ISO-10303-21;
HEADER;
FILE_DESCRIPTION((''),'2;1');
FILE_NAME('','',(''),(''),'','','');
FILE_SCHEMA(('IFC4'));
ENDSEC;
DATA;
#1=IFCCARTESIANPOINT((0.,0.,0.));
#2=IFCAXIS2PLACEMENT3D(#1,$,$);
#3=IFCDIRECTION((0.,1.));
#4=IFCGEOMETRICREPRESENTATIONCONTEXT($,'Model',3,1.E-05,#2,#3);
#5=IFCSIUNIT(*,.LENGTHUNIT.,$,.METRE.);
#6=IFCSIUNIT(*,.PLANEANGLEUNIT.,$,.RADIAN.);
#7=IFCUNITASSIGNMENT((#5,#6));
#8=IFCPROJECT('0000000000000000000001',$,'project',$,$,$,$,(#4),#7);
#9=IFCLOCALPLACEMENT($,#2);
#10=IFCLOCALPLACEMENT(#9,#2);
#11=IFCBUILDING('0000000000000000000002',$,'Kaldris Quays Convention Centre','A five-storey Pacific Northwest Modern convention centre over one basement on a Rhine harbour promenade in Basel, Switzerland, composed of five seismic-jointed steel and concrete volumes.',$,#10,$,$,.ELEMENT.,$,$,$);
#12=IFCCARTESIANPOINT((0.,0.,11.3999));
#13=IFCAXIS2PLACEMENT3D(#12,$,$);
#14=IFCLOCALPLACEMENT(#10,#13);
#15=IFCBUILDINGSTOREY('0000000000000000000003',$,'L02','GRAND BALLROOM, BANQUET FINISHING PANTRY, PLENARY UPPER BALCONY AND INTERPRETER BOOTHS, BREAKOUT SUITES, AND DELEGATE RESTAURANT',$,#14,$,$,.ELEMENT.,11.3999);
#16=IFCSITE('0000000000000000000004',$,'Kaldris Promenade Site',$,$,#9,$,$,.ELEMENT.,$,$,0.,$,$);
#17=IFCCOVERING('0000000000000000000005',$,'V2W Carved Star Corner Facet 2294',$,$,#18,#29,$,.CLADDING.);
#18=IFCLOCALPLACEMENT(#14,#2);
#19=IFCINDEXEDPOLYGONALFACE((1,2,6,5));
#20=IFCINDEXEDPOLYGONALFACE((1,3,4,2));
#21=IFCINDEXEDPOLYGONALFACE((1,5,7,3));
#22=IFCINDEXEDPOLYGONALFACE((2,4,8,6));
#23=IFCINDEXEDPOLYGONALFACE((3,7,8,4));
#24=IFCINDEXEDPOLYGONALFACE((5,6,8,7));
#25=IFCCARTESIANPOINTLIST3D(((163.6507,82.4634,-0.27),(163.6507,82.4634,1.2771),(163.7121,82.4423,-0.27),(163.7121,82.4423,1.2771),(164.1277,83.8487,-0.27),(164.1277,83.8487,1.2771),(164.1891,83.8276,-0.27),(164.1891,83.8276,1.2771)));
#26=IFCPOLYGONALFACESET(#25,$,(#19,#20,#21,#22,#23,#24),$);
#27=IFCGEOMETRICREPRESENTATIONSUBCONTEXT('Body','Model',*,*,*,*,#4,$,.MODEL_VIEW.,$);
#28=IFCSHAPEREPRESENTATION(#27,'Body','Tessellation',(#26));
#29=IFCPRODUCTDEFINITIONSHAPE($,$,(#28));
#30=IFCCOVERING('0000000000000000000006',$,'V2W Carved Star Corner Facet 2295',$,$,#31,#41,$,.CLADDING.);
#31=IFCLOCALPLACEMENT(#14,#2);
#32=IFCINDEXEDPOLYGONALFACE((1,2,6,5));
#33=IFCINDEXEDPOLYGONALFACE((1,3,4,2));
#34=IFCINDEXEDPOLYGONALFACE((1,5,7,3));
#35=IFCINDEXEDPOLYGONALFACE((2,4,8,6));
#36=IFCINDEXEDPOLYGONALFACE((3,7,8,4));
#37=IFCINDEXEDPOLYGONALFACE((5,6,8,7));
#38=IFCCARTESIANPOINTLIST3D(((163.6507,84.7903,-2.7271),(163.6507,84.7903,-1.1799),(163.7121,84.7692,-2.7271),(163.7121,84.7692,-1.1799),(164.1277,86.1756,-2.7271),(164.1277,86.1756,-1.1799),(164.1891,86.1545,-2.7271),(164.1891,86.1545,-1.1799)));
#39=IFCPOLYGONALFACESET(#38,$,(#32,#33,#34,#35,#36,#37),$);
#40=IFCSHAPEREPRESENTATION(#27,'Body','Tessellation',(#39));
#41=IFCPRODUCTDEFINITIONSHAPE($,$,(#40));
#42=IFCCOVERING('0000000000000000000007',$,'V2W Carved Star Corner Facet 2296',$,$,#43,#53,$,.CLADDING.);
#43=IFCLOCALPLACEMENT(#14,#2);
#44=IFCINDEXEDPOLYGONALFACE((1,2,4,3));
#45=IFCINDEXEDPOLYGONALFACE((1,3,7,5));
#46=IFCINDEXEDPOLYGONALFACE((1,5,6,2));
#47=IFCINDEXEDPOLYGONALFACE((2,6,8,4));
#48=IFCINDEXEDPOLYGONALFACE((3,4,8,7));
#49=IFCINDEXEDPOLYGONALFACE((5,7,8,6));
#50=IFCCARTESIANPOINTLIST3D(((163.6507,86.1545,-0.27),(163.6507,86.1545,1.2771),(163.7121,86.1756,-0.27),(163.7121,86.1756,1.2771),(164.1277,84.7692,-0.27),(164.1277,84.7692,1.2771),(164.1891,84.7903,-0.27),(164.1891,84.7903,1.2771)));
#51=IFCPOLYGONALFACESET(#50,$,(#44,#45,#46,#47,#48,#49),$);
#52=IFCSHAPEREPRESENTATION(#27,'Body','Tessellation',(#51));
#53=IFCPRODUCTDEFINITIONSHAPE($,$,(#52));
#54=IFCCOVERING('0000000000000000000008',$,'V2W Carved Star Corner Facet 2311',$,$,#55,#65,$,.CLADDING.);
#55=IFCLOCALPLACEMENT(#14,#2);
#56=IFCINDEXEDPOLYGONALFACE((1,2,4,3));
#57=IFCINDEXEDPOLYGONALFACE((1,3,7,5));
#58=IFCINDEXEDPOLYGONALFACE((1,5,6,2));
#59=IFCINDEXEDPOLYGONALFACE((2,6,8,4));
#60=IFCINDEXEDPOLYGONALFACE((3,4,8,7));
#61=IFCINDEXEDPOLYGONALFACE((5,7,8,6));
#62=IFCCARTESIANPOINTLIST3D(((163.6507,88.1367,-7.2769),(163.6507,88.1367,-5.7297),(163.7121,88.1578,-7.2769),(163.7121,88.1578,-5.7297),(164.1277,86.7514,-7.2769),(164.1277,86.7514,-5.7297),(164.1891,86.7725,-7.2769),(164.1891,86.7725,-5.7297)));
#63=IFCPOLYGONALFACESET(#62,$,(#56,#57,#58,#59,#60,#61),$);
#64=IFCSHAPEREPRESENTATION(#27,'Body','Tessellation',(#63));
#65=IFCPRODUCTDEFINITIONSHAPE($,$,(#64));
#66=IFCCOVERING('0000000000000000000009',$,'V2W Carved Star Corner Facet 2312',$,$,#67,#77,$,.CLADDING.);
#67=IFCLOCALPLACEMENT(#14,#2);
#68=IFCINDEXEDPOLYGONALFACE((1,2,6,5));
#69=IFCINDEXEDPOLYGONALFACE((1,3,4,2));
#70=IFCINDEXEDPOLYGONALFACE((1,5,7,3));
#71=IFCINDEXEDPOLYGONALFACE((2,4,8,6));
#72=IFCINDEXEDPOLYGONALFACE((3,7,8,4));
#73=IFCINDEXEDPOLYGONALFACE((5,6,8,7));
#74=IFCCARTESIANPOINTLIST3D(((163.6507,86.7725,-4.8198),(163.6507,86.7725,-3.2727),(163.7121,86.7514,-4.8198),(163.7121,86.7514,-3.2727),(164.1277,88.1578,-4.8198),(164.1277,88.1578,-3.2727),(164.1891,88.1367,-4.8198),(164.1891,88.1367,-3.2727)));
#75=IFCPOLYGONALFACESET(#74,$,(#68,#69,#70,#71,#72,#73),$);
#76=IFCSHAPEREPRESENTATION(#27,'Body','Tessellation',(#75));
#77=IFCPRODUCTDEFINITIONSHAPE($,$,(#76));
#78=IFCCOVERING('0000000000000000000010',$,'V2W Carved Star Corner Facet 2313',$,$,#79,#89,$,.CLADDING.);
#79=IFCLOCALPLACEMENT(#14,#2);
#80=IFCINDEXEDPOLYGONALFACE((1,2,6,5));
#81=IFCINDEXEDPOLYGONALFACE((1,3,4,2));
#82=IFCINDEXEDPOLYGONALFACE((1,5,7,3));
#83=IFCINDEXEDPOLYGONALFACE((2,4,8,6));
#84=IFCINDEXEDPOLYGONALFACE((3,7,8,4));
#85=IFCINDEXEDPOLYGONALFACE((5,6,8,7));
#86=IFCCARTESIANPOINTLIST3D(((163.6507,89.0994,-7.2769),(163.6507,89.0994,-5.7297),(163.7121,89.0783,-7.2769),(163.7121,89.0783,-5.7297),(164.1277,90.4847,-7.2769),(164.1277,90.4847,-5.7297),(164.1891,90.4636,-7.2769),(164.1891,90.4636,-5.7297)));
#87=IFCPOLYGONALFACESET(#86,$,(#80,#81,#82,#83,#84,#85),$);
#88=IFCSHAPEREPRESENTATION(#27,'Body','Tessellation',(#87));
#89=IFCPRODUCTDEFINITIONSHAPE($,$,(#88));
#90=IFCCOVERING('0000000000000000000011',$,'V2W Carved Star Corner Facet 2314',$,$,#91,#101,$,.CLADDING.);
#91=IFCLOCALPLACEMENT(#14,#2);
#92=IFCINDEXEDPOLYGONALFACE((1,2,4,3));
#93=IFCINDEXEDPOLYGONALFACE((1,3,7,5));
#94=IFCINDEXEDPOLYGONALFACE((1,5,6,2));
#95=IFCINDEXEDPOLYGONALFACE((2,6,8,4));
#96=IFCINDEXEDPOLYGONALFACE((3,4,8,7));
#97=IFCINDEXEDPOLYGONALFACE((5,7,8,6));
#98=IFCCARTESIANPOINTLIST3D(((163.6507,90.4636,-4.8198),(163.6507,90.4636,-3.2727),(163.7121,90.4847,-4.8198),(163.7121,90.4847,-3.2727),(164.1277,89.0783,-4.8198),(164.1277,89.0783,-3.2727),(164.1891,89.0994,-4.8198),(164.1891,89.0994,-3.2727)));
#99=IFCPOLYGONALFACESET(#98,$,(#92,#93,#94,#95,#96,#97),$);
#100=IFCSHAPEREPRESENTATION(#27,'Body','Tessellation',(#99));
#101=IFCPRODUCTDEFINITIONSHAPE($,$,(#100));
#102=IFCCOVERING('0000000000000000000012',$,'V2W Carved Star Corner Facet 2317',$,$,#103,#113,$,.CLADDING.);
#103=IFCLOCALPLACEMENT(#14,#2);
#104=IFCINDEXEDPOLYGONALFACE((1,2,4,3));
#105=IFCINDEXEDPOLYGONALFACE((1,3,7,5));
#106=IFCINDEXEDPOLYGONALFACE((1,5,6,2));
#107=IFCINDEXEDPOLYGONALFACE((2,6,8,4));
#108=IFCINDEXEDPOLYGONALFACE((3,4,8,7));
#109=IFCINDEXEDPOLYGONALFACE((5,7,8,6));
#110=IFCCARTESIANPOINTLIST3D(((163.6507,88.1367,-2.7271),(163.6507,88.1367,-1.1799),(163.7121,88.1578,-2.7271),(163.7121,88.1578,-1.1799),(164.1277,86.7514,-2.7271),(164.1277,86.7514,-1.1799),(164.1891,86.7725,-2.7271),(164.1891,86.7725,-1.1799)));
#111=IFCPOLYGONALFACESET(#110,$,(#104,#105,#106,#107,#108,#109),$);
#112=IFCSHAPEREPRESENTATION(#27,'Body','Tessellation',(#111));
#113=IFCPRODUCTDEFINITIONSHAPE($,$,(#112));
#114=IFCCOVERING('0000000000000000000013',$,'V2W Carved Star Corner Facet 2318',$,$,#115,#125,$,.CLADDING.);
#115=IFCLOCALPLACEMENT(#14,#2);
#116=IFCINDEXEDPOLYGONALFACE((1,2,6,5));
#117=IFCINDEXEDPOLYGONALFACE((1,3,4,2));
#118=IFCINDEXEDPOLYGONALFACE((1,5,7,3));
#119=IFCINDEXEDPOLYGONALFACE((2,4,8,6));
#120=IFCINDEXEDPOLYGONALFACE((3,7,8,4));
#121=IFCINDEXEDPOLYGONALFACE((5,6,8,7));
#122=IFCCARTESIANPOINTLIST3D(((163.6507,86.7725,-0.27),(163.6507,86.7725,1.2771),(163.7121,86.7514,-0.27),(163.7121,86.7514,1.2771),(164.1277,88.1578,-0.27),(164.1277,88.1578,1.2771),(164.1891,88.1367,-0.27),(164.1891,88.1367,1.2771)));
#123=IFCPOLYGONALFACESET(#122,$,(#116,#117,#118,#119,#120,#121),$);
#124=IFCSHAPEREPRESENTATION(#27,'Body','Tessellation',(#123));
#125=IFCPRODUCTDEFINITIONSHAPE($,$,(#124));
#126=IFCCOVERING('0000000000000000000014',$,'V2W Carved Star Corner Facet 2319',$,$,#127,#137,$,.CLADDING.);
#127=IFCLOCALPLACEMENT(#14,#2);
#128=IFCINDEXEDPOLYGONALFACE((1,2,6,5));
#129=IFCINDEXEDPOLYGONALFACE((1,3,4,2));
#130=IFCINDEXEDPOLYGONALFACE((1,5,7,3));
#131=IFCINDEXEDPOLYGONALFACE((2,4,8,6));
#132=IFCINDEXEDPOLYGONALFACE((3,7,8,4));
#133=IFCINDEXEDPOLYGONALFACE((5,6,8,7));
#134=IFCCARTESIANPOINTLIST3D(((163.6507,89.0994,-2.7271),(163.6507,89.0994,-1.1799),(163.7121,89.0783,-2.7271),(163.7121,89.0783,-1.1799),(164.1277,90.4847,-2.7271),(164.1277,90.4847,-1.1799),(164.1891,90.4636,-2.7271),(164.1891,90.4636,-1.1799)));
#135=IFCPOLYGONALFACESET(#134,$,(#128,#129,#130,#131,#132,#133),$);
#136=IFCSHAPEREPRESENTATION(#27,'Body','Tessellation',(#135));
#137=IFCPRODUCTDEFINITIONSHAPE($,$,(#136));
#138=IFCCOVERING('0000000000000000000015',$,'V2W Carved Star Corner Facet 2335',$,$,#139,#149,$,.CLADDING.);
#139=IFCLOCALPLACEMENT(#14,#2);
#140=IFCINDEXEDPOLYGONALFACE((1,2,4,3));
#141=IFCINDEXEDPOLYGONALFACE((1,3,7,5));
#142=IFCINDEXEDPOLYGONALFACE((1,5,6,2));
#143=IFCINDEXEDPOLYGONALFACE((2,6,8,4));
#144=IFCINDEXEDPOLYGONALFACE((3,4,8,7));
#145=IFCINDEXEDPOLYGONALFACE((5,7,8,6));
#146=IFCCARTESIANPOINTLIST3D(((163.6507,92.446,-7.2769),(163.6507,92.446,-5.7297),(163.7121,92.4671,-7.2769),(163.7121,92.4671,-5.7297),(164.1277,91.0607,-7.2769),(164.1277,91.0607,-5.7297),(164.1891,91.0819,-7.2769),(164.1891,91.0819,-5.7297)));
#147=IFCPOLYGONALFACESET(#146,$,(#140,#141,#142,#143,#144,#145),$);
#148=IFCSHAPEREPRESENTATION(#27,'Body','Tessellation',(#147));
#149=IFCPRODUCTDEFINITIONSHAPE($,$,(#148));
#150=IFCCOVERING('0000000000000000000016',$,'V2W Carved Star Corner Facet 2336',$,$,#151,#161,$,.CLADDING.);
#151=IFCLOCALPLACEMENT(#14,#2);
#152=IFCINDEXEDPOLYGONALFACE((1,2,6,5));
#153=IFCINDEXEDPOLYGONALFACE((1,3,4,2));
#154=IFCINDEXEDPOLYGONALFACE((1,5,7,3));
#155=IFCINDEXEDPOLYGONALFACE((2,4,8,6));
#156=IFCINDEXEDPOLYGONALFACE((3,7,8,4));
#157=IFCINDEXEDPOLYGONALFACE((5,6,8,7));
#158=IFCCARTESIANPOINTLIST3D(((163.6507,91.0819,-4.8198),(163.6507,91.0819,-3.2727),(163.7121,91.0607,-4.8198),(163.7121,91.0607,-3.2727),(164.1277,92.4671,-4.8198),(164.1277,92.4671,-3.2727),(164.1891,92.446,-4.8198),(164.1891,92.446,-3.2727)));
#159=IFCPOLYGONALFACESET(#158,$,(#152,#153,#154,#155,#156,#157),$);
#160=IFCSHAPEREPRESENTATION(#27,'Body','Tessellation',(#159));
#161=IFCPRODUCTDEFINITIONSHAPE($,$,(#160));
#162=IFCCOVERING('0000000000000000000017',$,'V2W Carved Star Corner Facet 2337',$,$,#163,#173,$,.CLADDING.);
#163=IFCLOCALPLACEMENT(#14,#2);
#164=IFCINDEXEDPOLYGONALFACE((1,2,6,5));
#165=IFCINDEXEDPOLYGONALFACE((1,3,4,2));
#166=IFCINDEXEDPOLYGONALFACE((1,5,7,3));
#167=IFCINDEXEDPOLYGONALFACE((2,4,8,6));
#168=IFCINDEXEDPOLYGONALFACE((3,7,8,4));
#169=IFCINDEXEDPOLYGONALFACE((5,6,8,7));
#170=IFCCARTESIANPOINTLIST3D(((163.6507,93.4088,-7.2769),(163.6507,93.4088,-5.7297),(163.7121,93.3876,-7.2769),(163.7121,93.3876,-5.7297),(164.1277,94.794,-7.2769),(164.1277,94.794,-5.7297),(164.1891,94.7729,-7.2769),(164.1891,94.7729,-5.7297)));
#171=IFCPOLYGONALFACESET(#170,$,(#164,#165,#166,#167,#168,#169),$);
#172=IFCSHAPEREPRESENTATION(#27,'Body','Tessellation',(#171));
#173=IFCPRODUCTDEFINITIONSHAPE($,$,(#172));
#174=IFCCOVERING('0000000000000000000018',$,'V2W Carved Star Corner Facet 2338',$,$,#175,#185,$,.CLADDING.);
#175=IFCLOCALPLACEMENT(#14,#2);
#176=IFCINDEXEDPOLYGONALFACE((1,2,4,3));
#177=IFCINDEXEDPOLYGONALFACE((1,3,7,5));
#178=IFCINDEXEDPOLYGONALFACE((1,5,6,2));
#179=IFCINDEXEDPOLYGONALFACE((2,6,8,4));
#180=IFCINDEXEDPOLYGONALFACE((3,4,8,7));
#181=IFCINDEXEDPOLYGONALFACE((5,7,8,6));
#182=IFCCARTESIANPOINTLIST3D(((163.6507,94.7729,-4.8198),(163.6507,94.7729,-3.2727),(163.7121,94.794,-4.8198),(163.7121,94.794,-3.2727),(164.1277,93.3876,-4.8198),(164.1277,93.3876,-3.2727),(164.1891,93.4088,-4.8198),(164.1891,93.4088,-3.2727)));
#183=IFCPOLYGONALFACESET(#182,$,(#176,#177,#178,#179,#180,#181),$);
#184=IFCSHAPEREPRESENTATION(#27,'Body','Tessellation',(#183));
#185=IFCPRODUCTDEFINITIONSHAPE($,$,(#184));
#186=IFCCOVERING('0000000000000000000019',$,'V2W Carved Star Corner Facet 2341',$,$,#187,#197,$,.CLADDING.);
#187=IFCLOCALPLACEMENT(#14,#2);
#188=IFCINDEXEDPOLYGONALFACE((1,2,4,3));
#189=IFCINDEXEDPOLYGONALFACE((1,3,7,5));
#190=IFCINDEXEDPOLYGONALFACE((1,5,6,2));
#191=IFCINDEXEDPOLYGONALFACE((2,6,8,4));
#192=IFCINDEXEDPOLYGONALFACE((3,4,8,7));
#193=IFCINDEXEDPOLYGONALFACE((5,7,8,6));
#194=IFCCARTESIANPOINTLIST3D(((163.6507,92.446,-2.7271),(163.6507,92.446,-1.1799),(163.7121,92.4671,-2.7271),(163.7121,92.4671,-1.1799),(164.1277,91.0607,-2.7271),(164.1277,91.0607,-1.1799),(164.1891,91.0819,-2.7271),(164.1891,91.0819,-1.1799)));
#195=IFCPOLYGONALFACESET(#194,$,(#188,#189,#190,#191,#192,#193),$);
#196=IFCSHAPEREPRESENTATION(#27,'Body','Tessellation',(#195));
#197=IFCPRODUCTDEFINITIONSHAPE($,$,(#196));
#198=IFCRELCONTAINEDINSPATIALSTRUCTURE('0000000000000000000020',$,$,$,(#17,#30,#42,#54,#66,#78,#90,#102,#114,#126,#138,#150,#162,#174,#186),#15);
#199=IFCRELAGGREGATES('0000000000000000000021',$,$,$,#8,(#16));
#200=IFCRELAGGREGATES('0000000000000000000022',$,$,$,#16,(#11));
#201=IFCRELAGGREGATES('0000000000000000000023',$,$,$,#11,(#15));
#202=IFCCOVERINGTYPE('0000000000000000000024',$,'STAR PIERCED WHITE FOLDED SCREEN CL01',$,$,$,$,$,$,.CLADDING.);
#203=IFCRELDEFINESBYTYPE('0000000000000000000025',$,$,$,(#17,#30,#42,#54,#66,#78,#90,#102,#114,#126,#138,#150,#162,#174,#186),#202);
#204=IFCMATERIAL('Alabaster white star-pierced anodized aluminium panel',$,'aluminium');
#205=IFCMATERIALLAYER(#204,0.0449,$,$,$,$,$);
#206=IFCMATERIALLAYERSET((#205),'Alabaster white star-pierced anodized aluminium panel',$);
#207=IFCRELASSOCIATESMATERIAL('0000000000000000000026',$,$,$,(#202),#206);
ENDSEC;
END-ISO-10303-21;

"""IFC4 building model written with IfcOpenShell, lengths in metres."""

from ifc_helpers import new_model, si_unit, direction, frame, origin, origin_2d, place, context, subcontext, project, spatial, rectangle, extrude, material, layer, layer_set, type_object, element, save


model = new_model("IFC4")

# Units and contexts
model_context = context("Model", 3, precision=1e-05, world=origin(), true_north=direction((0.0, 1.0)))
body_context = subcontext(model_context, "Body", "Model", "MODEL_VIEW")
ifc_project = project(units=[si_unit("LENGTHUNIT", "METRE"), si_unit("PLANEANGLEUNIT", "RADIAN")], contexts=[model_context])

# Site, building, storey
site_placement = place(None, origin())
site = spatial("IfcSite", under=ifc_project, at=site_placement, Name="Kaldris Promenade Site", CompositionType="ELEMENT", RefElevation=0.0)
building_placement = place(site_placement, origin())
building = spatial("IfcBuilding", under=site, at=building_placement, Name="Kaldris Quays Convention Centre", Description="A five-storey Pacific Northwest Modern convention centre over one basement on a Rhine harbour promenade in Basel, Switzerland, composed of five seismic-jointed steel and concrete volumes.", CompositionType="ELEMENT")
storey_placement = place(building_placement, frame((0.0, 0.0, 11.3999)))
storey = spatial("IfcBuildingStorey", under=building, at=storey_placement, Name="L02", Description="GRAND BALLROOM, BANQUET FINISHING PANTRY, PLENARY UPPER BALCONY AND INTERPRETER BOOTHS, BREAKOUT SUITES, AND DELEGATE RESTAURANT", CompositionType="ELEMENT", Elevation=11.3999)

# Coverings
ifc_material = material(Name="Alabaster white star-pierced anodized aluminium panel", Category="aluminium")
ifc_layer = layer(ifc_material, 0.0449)
ifc_layer_set = layer_set([ifc_layer], Name="Alabaster white star-pierced anodized aluminium panel")
covering_type = type_object("IfcCoveringType", Name="STAR PIERCED WHITE FOLDED SCREEN CL01", PredefinedType="CLADDING", material=ifc_layer_set)
for number, where, z_axis, x_axis, name in (
    (1, (163.9199, 83.1455, -0.27), (0.0, 0.0, 1.0), (0.325568, 0.945519, 0.0), "V2W Carved Star Corner Facet 2294"),
    (2, (163.9199, 85.4724, -2.7271), (0.0, 0.0, 1.0), (0.325568, 0.945519, 0.0), "V2W Carved Star Corner Facet 2295"),
    (3, (163.9199, 85.4724, -0.27), (0.0, 0.0, 1.0), (-0.325568, 0.945519, 0.0), "V2W Carved Star Corner Facet 2296"),
    (4, (163.9199, 87.4546, -7.2769), (0.0, 0.0, 1.0), (-0.325568, 0.945519, 0.0), "V2W Carved Star Corner Facet 2311"),
    (5, (163.9199, 87.4546, -4.8198), (0.0, 0.0, 1.0), (0.325568, 0.945519, 0.0), "V2W Carved Star Corner Facet 2312"),
    (6, (163.9199, 89.7815, -7.2769), (0.0, 0.0, 1.0), (0.325568, 0.945519, 0.0), "V2W Carved Star Corner Facet 2313"),
    (7, (163.9199, 89.7815, -4.8198), (0.0, 0.0, 1.0), (-0.325568, 0.945519, 0.0), "V2W Carved Star Corner Facet 2314"),
    (8, (163.9199, 87.4546, -2.7271), (0.0, 0.0, 1.0), (-0.325568, 0.945519, 0.0), "V2W Carved Star Corner Facet 2317"),
    (9, (163.9199, 87.4546, -0.27), (0.0, 0.0, 1.0), (0.325568, 0.945519, 0.0), "V2W Carved Star Corner Facet 2318"),
    (10, (163.9199, 89.7815, -2.7271), (0.0, 0.0, 1.0), (0.325568, 0.945519, 0.0), "V2W Carved Star Corner Facet 2319"),
    (11, (163.9199, 91.7639, -7.2769), (0.0, 0.0, 1.0), (-0.325568, 0.945519, 0.0), "V2W Carved Star Corner Facet 2335"),
    (12, (163.9199, 91.7639, -4.8198), (0.0, 0.0, 1.0), (0.325568, 0.945519, 0.0), "V2W Carved Star Corner Facet 2336"),
    (13, (163.9199, 94.0908, -7.2769), (0.0, 0.0, 1.0), (0.325568, 0.945519, 0.0), "V2W Carved Star Corner Facet 2337"),
    (14, (163.9199, 94.0908, -4.8198), (0.0, 0.0, 1.0), (-0.325568, 0.945519, 0.0), "V2W Carved Star Corner Facet 2338"),
    (15, (163.9199, 91.7639, -2.7271), (0.0, 0.0, 1.0), (-0.325568, 0.945519, 0.0), "V2W Carved Star Corner Facet 2341"),
):
    element("IfcCovering", number, at=place(storey_placement, frame(where, z_axis=z_axis, x_axis=x_axis)), inside=storey, type_object=covering_type, Name=name, PredefinedType="CLADDING", context=body_context, shape_type="SweptSolid", body=[
        extrude(rectangle(XDim=1.4651, YDim=0.0649, at=origin_2d()), origin(), (0.0, 0.0, 1.0), 1.5471),
    ])

save(model, "model.ifc")
